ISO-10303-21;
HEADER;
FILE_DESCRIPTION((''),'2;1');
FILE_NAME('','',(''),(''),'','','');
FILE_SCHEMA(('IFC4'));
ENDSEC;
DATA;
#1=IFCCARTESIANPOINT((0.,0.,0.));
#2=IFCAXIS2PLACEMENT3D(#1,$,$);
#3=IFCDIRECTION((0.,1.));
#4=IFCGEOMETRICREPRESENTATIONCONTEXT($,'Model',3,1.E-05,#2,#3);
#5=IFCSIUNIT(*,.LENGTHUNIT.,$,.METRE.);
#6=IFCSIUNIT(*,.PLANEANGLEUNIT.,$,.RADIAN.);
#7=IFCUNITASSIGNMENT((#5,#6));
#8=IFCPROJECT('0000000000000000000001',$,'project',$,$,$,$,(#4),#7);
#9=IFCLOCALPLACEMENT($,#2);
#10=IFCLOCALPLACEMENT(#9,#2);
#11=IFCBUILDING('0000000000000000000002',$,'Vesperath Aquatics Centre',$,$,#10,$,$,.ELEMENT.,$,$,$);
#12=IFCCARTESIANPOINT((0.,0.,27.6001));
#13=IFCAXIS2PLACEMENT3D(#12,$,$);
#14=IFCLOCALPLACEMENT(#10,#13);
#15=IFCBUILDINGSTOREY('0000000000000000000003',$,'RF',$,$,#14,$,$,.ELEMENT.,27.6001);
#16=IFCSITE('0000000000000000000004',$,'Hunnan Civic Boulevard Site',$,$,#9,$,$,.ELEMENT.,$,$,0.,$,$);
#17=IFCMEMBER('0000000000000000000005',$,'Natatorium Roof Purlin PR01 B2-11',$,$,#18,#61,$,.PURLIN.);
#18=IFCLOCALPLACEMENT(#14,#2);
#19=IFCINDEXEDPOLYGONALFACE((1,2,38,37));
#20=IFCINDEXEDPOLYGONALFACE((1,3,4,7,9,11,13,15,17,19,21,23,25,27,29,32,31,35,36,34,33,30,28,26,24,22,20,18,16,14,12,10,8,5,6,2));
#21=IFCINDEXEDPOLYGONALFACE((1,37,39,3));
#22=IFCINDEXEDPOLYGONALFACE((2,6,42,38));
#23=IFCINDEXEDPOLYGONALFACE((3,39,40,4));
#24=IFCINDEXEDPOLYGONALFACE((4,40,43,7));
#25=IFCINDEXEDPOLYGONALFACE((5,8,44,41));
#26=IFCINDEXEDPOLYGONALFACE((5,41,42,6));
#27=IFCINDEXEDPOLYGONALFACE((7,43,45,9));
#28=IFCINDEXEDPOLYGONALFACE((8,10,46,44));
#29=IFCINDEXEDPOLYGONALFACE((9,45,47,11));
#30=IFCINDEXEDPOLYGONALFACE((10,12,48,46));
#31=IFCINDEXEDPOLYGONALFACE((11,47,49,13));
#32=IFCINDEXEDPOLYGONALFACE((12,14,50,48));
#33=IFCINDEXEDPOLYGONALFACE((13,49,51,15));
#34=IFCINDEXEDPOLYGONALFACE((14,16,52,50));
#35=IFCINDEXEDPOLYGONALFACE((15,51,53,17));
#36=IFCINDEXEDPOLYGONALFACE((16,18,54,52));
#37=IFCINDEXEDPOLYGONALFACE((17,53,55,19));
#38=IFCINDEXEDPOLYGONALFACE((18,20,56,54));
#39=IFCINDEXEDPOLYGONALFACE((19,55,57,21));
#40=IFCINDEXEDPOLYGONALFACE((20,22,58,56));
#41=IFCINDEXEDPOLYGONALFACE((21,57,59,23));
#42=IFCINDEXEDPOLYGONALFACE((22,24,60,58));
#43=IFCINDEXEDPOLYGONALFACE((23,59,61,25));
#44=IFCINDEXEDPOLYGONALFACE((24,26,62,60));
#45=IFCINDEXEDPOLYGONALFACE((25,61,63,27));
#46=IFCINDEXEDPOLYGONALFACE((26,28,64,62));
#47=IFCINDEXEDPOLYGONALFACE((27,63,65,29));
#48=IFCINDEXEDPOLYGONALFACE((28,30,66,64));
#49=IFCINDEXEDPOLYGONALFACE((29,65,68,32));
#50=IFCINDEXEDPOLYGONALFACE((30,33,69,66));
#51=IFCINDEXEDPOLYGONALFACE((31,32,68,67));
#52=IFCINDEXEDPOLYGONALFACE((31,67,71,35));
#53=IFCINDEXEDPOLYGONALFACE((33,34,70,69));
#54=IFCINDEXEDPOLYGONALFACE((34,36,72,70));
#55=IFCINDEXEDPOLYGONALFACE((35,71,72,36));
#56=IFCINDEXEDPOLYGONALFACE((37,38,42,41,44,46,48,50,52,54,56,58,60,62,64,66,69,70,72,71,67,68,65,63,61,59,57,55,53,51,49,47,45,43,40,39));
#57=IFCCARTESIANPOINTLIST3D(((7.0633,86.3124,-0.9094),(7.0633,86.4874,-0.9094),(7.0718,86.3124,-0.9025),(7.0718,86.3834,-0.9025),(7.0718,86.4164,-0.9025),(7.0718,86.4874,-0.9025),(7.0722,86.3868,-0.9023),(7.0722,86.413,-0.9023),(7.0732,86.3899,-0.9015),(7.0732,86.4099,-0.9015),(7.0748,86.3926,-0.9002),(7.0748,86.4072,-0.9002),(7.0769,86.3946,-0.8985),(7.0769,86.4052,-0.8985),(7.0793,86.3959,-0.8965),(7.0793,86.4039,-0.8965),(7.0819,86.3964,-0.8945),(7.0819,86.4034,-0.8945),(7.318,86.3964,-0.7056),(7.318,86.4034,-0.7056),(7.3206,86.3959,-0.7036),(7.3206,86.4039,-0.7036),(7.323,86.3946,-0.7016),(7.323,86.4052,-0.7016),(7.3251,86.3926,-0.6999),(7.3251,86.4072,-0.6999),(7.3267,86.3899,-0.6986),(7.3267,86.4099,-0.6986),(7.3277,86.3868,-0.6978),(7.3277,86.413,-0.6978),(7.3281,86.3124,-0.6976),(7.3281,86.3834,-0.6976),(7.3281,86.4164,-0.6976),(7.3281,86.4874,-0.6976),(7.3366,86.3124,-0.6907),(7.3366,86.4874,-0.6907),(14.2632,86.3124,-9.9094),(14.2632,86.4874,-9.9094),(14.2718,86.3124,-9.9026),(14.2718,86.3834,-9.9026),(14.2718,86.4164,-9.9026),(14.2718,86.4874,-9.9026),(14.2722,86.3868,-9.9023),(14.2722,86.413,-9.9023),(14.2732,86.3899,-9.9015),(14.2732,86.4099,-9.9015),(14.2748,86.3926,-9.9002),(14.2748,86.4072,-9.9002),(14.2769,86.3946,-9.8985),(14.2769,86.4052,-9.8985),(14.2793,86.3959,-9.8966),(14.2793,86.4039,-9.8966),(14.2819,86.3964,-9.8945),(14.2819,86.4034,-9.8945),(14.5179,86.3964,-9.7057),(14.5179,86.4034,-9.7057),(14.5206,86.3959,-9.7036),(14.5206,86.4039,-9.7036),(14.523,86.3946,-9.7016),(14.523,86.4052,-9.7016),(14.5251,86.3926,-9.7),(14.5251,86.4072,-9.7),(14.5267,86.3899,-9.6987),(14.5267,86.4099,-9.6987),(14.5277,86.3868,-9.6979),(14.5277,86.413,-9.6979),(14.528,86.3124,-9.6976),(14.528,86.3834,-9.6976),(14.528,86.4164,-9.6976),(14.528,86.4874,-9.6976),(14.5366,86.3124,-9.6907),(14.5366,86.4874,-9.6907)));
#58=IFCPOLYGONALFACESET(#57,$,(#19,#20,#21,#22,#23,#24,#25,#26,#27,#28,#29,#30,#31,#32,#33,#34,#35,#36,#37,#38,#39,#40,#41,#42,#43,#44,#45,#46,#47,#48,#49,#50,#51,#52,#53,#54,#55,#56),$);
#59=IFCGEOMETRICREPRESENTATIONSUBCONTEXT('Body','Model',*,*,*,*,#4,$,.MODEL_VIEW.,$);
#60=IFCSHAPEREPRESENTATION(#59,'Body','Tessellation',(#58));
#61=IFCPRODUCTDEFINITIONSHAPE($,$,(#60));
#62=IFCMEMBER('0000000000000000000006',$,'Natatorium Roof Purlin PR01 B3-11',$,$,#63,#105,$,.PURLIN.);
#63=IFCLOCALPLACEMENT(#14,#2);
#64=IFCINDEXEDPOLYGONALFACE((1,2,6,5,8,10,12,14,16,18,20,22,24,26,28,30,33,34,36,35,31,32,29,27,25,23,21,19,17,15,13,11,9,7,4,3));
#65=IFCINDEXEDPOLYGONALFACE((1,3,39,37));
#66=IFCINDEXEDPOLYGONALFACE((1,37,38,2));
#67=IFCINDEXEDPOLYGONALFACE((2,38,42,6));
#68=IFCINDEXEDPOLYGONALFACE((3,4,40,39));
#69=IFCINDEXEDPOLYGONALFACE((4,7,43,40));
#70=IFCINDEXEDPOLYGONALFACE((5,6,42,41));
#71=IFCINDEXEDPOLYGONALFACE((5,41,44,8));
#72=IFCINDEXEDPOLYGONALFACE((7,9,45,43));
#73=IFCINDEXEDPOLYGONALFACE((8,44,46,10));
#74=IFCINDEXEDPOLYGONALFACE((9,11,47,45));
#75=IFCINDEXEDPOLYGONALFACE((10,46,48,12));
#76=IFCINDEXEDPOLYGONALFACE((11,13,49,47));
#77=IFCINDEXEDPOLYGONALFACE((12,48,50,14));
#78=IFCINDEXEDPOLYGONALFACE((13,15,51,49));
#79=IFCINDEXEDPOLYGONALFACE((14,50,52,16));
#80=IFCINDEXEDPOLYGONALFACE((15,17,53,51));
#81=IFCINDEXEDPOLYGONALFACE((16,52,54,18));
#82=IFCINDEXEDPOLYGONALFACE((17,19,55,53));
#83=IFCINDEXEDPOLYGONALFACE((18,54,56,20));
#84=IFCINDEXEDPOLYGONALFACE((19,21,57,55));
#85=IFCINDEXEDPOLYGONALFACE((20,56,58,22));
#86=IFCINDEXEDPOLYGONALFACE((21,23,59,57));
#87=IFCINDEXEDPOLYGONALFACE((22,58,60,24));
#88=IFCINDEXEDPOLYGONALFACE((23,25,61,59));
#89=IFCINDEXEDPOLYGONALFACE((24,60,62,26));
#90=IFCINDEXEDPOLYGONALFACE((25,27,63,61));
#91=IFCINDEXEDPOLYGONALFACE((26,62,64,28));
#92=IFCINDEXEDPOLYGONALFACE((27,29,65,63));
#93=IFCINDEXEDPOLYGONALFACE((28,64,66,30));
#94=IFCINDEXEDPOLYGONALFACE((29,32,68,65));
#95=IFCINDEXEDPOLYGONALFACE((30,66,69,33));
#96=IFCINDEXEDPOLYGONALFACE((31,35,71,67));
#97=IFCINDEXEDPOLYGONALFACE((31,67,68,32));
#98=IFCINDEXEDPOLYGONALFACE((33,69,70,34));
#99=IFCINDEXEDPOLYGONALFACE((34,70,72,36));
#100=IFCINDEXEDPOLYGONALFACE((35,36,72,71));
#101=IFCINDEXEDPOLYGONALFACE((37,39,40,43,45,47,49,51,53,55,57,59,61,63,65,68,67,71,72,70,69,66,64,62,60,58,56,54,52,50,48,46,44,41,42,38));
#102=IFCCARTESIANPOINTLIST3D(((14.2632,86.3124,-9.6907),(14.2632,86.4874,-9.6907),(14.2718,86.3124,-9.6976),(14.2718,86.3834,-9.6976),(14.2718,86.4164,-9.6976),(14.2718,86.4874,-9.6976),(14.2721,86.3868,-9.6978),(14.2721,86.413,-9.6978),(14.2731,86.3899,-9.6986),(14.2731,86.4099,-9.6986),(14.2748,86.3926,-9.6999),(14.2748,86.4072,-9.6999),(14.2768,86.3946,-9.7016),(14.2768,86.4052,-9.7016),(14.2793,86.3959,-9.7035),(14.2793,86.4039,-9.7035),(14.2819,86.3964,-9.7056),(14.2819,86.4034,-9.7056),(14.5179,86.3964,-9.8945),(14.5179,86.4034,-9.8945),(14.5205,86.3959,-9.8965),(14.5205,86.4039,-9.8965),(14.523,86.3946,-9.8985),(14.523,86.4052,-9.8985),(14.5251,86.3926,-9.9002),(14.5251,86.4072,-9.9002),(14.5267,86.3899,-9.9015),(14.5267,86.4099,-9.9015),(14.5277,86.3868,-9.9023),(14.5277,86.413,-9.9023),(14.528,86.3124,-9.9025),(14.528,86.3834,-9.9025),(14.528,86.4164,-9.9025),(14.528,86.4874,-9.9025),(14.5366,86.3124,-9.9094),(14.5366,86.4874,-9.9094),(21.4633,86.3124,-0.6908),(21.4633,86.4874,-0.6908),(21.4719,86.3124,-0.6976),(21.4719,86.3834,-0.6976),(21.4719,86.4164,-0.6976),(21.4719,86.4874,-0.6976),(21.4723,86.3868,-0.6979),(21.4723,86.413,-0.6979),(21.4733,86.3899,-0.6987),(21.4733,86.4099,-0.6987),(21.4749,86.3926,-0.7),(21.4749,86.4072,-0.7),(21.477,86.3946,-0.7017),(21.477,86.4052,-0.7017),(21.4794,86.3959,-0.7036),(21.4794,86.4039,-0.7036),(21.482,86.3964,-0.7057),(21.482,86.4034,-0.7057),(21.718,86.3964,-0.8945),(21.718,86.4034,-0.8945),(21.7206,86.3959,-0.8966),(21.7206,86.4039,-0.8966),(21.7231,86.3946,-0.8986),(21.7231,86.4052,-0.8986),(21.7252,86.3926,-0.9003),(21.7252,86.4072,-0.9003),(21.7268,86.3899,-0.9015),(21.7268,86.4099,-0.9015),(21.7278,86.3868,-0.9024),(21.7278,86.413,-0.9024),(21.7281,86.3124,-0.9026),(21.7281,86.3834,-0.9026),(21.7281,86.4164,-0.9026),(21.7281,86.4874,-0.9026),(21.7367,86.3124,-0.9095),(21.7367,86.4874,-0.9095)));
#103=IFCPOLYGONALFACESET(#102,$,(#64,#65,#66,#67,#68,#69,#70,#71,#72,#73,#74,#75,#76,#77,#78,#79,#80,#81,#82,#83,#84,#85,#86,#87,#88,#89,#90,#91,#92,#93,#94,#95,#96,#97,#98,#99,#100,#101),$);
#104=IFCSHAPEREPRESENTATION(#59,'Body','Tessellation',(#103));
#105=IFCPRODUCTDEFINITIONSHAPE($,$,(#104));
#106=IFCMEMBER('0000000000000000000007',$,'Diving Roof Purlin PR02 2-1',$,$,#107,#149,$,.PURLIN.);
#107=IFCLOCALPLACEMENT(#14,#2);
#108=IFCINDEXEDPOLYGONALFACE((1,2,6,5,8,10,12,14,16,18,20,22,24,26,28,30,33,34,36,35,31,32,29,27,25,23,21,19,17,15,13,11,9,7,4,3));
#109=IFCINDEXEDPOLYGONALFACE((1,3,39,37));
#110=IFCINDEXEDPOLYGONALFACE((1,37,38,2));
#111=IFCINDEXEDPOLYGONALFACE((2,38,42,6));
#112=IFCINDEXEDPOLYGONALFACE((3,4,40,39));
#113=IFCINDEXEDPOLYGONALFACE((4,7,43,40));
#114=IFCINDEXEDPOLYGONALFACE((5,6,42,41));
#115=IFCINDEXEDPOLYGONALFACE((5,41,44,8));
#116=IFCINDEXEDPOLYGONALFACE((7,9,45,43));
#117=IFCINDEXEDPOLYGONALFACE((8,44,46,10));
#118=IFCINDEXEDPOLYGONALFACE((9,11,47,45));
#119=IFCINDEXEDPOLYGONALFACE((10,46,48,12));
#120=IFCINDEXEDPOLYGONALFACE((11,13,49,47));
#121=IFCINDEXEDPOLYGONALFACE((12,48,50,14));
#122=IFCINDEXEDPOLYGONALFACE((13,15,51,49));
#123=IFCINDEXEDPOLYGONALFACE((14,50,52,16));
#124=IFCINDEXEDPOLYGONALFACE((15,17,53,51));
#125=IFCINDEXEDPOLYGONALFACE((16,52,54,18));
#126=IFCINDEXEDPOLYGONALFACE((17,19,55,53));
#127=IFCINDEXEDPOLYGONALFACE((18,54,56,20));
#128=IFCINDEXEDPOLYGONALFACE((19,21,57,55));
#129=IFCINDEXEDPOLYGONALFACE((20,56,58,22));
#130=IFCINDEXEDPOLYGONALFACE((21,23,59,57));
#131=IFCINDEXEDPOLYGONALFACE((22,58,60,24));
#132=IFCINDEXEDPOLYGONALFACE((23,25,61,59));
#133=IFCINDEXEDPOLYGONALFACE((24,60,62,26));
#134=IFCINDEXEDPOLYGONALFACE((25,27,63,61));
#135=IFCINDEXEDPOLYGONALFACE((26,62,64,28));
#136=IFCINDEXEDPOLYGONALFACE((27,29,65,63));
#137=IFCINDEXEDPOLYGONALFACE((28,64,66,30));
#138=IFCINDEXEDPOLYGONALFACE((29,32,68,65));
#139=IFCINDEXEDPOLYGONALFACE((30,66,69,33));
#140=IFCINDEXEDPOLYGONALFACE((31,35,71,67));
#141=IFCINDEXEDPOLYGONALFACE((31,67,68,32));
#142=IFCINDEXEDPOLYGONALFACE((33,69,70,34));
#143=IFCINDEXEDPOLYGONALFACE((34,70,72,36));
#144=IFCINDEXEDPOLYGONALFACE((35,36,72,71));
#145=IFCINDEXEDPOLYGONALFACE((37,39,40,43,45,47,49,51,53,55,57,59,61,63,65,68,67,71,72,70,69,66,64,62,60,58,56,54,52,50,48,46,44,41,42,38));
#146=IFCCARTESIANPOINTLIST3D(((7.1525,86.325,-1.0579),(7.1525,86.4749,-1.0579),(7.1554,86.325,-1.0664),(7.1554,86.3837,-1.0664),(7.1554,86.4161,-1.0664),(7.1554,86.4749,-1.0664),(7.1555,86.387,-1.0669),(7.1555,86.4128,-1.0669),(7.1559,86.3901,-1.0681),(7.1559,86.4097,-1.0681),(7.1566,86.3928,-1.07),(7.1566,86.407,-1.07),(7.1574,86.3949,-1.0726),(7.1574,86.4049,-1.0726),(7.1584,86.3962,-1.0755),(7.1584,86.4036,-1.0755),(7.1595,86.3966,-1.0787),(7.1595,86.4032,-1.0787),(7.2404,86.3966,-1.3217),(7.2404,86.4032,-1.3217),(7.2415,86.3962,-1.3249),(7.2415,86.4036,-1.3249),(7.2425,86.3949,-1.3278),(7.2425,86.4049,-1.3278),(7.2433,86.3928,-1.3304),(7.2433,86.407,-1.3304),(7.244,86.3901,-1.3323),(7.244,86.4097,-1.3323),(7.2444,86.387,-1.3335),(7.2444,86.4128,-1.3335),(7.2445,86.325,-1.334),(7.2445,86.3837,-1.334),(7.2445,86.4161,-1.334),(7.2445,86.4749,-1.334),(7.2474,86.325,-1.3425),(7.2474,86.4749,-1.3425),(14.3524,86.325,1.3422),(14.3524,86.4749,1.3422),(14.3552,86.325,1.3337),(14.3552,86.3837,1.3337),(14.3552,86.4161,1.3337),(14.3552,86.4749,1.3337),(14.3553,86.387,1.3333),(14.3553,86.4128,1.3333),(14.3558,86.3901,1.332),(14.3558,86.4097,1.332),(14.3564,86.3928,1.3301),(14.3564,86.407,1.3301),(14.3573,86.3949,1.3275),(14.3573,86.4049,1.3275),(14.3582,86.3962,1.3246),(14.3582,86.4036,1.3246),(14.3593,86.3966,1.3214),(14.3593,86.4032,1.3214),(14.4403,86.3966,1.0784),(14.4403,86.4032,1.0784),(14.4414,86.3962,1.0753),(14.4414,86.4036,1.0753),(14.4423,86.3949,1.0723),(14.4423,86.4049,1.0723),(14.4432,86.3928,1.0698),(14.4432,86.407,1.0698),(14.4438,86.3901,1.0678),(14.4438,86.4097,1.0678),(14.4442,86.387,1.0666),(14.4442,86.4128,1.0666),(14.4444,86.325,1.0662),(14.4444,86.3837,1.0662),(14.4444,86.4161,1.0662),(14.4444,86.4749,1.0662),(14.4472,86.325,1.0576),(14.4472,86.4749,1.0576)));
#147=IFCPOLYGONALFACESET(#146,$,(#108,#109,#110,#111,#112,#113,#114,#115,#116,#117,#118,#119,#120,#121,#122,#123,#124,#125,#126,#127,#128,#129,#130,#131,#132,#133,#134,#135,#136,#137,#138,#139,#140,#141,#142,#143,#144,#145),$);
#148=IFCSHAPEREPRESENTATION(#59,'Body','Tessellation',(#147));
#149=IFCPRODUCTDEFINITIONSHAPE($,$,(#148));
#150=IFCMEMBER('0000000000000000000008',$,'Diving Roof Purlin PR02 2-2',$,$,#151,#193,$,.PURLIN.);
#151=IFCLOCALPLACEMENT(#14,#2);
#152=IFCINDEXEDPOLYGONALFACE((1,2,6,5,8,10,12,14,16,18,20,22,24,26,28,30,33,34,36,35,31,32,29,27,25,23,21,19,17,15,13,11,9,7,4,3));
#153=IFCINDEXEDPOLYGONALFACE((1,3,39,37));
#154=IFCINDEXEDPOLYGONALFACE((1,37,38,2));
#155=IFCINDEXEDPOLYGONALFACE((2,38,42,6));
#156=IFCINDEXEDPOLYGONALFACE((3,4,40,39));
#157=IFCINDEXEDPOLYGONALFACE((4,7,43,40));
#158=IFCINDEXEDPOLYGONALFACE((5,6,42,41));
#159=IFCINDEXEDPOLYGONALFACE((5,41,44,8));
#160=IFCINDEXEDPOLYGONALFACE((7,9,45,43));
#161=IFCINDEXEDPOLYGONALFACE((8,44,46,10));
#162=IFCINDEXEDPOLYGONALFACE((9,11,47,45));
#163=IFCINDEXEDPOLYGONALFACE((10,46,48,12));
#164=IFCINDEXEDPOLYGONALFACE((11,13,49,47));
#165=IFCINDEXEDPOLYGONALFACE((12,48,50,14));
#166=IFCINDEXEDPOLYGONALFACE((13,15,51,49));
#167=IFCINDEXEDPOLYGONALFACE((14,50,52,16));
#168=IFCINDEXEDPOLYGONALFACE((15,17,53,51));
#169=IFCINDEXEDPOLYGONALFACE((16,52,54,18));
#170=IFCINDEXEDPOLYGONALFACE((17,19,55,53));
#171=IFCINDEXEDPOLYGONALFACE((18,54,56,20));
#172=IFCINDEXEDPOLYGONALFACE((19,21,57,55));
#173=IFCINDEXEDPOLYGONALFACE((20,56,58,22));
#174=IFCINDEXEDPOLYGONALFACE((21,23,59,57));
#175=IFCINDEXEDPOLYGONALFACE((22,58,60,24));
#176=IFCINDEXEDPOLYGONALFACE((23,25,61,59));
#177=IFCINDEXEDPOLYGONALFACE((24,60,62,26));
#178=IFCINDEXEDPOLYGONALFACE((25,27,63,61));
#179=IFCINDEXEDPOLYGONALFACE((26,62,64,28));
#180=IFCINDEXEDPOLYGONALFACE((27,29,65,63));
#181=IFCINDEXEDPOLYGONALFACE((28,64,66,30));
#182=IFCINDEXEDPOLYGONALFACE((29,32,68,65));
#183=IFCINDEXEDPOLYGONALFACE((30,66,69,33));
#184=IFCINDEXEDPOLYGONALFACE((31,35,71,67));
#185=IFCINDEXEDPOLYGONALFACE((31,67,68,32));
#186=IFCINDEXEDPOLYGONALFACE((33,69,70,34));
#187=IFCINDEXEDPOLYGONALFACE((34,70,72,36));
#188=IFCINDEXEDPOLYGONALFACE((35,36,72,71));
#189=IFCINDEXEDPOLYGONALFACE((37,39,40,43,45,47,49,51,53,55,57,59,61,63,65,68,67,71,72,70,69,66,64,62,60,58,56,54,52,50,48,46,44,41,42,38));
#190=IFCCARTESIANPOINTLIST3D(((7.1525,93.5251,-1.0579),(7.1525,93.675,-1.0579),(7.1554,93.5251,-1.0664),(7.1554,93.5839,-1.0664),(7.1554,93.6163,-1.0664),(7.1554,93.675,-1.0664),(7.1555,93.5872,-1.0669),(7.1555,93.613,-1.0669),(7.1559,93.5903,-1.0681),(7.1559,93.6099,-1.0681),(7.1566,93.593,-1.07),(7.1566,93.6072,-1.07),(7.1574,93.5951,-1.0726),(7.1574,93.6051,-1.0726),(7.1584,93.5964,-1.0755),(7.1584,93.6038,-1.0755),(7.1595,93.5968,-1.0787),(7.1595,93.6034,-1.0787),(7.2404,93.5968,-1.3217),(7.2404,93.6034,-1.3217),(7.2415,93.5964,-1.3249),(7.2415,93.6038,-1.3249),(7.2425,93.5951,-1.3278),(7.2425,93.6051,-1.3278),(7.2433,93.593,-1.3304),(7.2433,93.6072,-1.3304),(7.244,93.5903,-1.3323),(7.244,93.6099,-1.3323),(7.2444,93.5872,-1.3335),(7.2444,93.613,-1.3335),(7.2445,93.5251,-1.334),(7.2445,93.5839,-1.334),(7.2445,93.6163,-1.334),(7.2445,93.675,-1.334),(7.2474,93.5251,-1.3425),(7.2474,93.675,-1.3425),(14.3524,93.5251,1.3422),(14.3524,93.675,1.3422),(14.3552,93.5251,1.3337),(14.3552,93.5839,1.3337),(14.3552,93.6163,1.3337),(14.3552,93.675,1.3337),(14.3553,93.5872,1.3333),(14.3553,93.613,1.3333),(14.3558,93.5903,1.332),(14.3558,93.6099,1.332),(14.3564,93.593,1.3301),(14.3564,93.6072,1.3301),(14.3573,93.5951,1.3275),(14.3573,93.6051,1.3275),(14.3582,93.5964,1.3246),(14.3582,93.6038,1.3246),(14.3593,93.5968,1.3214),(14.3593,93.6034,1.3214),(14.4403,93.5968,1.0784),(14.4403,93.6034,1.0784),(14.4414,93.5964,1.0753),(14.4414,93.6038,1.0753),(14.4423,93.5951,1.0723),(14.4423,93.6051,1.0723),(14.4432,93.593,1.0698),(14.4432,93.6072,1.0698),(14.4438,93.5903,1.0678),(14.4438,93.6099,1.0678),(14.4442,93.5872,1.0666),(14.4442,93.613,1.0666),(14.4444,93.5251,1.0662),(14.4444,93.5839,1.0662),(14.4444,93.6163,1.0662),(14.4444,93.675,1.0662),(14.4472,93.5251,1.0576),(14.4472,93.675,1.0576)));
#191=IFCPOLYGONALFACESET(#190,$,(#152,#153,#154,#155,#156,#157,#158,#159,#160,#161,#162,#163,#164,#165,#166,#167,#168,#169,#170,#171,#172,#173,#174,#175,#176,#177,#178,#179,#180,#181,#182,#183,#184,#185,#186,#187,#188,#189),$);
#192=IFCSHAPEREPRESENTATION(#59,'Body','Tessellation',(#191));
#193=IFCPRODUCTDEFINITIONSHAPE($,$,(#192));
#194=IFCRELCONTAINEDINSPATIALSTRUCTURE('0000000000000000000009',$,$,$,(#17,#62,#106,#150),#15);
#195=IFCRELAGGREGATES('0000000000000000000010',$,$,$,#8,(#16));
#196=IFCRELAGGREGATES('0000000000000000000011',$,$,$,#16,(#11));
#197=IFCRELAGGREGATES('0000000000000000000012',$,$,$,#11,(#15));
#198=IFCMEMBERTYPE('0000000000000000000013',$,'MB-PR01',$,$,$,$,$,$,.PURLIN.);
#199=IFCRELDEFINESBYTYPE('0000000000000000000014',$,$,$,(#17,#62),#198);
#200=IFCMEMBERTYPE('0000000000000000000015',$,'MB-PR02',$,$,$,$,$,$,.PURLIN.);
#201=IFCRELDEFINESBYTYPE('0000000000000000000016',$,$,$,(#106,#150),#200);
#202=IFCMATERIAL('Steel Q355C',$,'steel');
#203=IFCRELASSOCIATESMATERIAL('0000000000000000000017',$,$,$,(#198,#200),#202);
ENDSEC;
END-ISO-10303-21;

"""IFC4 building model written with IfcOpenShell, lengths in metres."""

from ifc_helpers import new_model, si_unit, direction, frame, origin, origin_2d, place, context, subcontext, project, spatial, i_section, extrude, material, material_profile, profile_set, type_object, element, save


model = new_model("IFC4")

# Units and contexts
model_context = context("Model", 3, precision=1e-05, world=origin(), true_north=direction((0.0, 1.0)))
body_context = subcontext(model_context, "Body", "Model", "MODEL_VIEW")
ifc_project = project(units=[si_unit("LENGTHUNIT", "METRE"), si_unit("PLANEANGLEUNIT", "RADIAN")], contexts=[model_context])

# Site, building, storey
site_placement = place(None, origin())
site = spatial("IfcSite", under=ifc_project, at=site_placement, Name="Hunnan Civic Boulevard Site", CompositionType="ELEMENT", RefElevation=0.0)
building_placement = place(site_placement, origin())
building = spatial("IfcBuilding", under=site, at=building_placement, Name="Vesperath Aquatics Centre", CompositionType="ELEMENT")
storey_placement = place(building_placement, frame((0.0, 0.0, 27.6001)))
storey = spatial("IfcBuildingStorey", under=building, at=storey_placement, Name="RF", CompositionType="ELEMENT", Elevation=27.6001)

# Shared definitions
ifc_material_1 = material(Name="Steel Q355C", Category="steel")

# Members
ifc_material_profile_1 = material_profile(ifc_material_1, i_section(OverallWidth=0.175, OverallDepth=0.3501, WebThickness=0.0071, FlangeThickness=0.011, FilletRadius=0.0129, at=origin_2d()), Name="HN 350x175x7x11")
ifc_profile_set_1 = profile_set([ifc_material_profile_1], Name="Steel Q355C")
member_type_1 = type_object("IfcMemberType", Name="MB-PR01", PredefinedType="PURLIN", material=ifc_profile_set_1)
for number, where, z_axis, x_axis, name in (
    (1, (7.2, 86.3999, -0.8), (0.624692, 0.0, -0.780871), (0.0, 1.0, 0.0), "Natatorium Roof Purlin PR01 B2-11"),
    (2, (14.3999, 86.3999, -9.8), (0.624705, 0.0, 0.780861), (0.0, 1.0, 0.0), "Natatorium Roof Purlin PR01 B3-11"),
):
    element("IfcMember", number, at=place(storey_placement, frame(where, z_axis=z_axis, x_axis=x_axis)), inside=storey, type_object=member_type_1, Name=name, PredefinedType="PURLIN", context=body_context, shape_type="SweptSolid", body=[
        extrude(i_section(OverallWidth=0.175, OverallDepth=0.3501, WebThickness=0.0071, FlangeThickness=0.011, FilletRadius=0.0129, at=origin_2d()), origin(), (0.0, 0.0, 1.0), 11.5256),
    ])
ifc_material_profile_2 = material_profile(ifc_material_1, i_section(OverallWidth=0.1499, OverallDepth=0.3, WebThickness=0.0066, FlangeThickness=0.009, FilletRadius=0.0129, at=origin_2d()), Name="HN 300x150x6.5x9")
ifc_profile_set_2 = profile_set([ifc_material_profile_2], Name="Steel Q355C")
member_type_2 = type_object("IfcMemberType", Name="MB-PR02", PredefinedType="PURLIN", material=ifc_profile_set_2)
for number, where, z_axis, x_axis, name in (
    (3, (7.2, 86.3999, -1.2002), (0.948677, 0.0, 0.316247), (0.0, 1.0, 0.0), "Diving Roof Purlin PR02 2-1"),
    (4, (7.2, 93.6001, -1.2002), (0.948677, 0.0, 0.316247), (0.0, 1.0, 0.0), "Diving Roof Purlin PR02 2-2"),
):
    element("IfcMember", number, at=place(storey_placement, frame(where, z_axis=z_axis, x_axis=x_axis)), inside=storey, type_object=member_type_2, Name=name, PredefinedType="PURLIN", context=body_context, shape_type="SweptSolid", body=[
        extrude(i_section(OverallWidth=0.1499, OverallDepth=0.3, WebThickness=0.0066, FlangeThickness=0.009, FilletRadius=0.0129, at=origin_2d()), origin(), (0.0, 0.0, 1.0), 7.5894),
    ])

save(model, "model.ifc")
